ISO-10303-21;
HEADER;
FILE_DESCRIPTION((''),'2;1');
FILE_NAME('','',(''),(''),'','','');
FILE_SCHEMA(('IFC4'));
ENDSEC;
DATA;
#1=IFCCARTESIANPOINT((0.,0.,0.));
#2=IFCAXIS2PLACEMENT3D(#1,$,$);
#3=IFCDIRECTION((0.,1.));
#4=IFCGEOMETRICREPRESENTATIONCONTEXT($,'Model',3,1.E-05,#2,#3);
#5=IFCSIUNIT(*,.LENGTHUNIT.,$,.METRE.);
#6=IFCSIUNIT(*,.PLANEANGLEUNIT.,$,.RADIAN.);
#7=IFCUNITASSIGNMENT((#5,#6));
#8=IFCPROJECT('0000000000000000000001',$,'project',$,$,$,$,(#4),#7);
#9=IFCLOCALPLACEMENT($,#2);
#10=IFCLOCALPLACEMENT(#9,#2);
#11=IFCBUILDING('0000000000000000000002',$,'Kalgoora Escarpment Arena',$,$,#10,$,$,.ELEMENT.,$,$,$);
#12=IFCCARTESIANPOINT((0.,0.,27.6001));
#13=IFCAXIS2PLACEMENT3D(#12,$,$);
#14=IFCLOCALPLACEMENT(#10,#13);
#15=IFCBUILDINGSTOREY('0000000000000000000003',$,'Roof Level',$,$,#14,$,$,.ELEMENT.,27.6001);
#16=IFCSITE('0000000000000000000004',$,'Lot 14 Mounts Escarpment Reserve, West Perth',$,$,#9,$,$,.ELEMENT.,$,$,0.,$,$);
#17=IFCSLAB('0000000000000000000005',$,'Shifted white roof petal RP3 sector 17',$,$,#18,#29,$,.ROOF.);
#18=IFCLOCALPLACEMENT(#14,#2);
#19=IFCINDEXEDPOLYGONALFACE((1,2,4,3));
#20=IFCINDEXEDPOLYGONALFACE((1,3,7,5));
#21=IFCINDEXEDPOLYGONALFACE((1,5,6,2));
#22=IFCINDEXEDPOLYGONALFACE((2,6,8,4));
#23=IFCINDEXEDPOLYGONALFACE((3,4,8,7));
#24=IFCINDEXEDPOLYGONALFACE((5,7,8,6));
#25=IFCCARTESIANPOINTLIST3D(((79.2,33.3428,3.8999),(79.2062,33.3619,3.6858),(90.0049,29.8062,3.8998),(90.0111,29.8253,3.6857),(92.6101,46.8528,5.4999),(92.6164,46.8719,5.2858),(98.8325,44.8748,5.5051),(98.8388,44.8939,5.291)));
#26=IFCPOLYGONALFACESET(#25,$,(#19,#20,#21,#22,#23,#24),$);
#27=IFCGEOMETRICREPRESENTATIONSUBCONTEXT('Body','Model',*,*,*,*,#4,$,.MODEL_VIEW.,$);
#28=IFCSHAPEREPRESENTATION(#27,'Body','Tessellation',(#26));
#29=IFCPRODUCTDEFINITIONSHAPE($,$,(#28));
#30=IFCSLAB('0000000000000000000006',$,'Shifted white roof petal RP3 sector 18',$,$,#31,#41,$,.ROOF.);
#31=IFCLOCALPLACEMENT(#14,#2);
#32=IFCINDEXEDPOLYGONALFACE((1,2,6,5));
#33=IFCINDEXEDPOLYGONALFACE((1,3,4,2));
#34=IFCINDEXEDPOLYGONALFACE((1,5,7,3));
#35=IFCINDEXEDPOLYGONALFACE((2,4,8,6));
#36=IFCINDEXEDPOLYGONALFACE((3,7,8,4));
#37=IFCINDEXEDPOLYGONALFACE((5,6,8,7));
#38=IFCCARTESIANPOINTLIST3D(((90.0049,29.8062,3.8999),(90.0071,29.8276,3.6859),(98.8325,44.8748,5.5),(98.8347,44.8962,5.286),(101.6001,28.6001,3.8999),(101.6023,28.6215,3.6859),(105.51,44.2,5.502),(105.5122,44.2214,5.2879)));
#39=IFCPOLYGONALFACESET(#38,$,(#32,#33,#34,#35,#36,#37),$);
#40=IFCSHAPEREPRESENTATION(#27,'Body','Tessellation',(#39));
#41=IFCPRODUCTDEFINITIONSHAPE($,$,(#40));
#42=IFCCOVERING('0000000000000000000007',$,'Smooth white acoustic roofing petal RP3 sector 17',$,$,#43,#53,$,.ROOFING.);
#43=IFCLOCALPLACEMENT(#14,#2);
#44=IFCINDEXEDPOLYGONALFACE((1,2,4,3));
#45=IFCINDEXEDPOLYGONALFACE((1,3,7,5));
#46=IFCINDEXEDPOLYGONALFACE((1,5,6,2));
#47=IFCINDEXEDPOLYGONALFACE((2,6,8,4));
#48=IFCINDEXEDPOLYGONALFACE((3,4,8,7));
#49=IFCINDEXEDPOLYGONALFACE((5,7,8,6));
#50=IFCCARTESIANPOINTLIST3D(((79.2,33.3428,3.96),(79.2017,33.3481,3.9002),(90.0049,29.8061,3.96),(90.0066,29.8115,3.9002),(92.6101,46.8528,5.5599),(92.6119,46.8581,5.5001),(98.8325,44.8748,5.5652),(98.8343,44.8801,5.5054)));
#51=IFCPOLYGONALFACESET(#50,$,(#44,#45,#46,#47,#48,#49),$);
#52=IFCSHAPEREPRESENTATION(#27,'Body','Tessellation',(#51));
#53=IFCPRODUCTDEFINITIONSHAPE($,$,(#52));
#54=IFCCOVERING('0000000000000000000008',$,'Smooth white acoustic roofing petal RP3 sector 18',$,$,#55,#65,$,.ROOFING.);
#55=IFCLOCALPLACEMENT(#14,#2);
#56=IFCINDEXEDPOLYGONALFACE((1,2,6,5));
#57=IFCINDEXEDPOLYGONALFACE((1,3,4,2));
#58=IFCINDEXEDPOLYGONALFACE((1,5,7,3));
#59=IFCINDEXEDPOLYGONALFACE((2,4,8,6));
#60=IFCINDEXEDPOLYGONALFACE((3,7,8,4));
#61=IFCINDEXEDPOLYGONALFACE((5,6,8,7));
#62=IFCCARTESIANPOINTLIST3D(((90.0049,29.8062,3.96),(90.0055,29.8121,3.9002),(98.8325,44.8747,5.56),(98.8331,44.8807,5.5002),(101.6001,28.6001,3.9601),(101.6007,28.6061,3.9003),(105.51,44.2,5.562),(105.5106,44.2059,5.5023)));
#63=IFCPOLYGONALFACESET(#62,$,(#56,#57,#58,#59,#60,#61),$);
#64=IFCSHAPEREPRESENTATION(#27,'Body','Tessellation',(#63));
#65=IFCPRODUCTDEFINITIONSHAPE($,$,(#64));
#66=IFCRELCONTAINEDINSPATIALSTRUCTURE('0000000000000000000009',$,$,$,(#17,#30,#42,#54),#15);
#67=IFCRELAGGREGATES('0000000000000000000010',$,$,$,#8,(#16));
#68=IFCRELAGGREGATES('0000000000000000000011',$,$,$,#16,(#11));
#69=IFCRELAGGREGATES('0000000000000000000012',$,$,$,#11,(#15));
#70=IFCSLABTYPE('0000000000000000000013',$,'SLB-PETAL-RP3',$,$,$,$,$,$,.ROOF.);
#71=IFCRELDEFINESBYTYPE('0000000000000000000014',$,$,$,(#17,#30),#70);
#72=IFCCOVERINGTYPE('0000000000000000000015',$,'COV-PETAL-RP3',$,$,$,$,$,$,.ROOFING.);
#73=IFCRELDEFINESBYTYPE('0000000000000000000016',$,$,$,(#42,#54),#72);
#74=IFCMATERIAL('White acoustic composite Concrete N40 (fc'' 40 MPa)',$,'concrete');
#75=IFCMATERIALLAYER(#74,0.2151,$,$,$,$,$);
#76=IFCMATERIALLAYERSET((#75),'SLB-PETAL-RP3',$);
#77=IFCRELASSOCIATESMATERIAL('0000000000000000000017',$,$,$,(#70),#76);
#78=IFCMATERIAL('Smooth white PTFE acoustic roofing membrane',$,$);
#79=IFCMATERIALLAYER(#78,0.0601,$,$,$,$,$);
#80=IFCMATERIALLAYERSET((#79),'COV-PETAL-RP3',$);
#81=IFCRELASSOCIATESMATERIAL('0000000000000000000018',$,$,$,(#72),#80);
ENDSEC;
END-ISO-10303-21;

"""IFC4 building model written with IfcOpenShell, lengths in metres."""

from ifc_helpers import new_model, si_unit, direction, frame, origin, place, context, subcontext, project, spatial, polyline, outline, extrude, material, layer, layer_set, type_object, element, save


model = new_model("IFC4")

# Units and contexts
model_context = context("Model", 3, precision=1e-05, world=origin(), true_north=direction((0.0, 1.0)))
body_context = subcontext(model_context, "Body", "Model", "MODEL_VIEW")
ifc_project = project(units=[si_unit("LENGTHUNIT", "METRE"), si_unit("PLANEANGLEUNIT", "RADIAN")], contexts=[model_context])

# Site, building, storey
site_placement = place(None, origin())
site = spatial("IfcSite", under=ifc_project, at=site_placement, Name="Lot 14 Mounts Escarpment Reserve, West Perth", CompositionType="ELEMENT", RefElevation=0.0)
building_placement = place(site_placement, origin())
building = spatial("IfcBuilding", under=site, at=building_placement, Name="Kalgoora Escarpment Arena", CompositionType="ELEMENT")
storey_placement = place(building_placement, frame((0.0, 0.0, 27.6001)))
storey = spatial("IfcBuildingStorey", under=building, at=storey_placement, Name="Roof Level", CompositionType="ELEMENT", Elevation=27.6001)

# Slabs
ifc_material_1 = material(Name="White acoustic composite Concrete N40 (fc' 40 MPa)", Category="concrete")
ifc_layer_1 = layer(ifc_material_1, 0.2151)
ifc_layer_set_1 = layer_set([ifc_layer_1], Name="SLB-PETAL-RP3")
slab_type = type_object("IfcSlabType", Name="SLB-PETAL-RP3", PredefinedType="ROOF", material=ifc_layer_set_1)
slab_1_placement = place(storey_placement, frame((79.2, 33.3428, 3.8999), z_axis=(-0.029125, -0.089002, 0.995606), x_axis=(0.950385, -0.311075, -0.000006)))
element("IfcSlab", 1, at=slab_1_placement, inside=storey, type_object=slab_type, Name="Shifted white roof petal RP3 sector 17", PredefinedType="ROOF", context=body_context, shape_type="SweptSolid", body=[
    extrude(outline(polyline([(0.0, 0.0), (11.369, 0.0), (15.0712, 17.1424), (8.5422, 17.0864), (0.0, 0.0)])), origin(), (0.0, 0.0, -1.0), 0.2151),
])
slab_2_placement = place(storey_placement, frame((90.0049, 29.8062, 3.8999), z_axis=(-0.010357, -0.099586, 0.994975), x_axis=(0.994634, -0.103455, -0.000001)))
element("IfcSlab", 2, at=slab_2_placement, inside=storey, type_object=slab_type, Name="Shifted white roof petal RP3 sector 18", PredefinedType="ROOF", context=body_context, shape_type="SweptSolid", body=[
    extrude(outline(polyline([(0.0, 0.0), (11.6578, 0.0), (13.9328, 16.001), (7.2213, 15.9813), (0.0, 0.0)])), origin(), (0.0, 0.0, -1.0), 0.2151),
])

# Coverings
ifc_material_2 = material(Name="Smooth white PTFE acoustic roofing membrane")
ifc_layer_2 = layer(ifc_material_2, 0.0601)
ifc_layer_set_2 = layer_set([ifc_layer_2], Name="COV-PETAL-RP3")
covering_type = type_object("IfcCoveringType", Name="COV-PETAL-RP3", PredefinedType="ROOFING", material=ifc_layer_set_2)
covering_1_placement = place(storey_placement, frame((79.2, 33.3428, 3.96), z_axis=(-0.029134, -0.088987, 0.995607), x_axis=(0.950385, -0.311076, 0.000007)))
element("IfcCovering", 3, at=covering_1_placement, inside=storey, type_object=covering_type, Name="Smooth white acoustic roofing petal RP3 sector 17", PredefinedType="ROOFING", context=body_context, shape_type="SweptSolid", body=[
    extrude(outline(polyline([(0.0, 0.0), (11.369, 0.0), (15.0712, 17.1424), (8.5422, 17.0864), (0.0, 0.0)])), origin(), (0.0, 0.0, -1.0), 0.0601),
])
covering_2_placement = place(storey_placement, frame((90.0049, 29.8062, 3.96), z_axis=(-0.010369, -0.099573, 0.994976), x_axis=(0.994634, -0.103456, 0.000012)))
element("IfcCovering", 4, at=covering_2_placement, inside=storey, type_object=covering_type, Name="Smooth white acoustic roofing petal RP3 sector 18", PredefinedType="ROOFING", context=body_context, shape_type="SweptSolid", body=[
    extrude(outline(polyline([(0.0, 0.0), (11.6578, 0.0), (13.9328, 16.001), (7.2213, 15.9813), (0.0, 0.0)])), origin(), (0.0, 0.0, -1.0), 0.0601),
])

save(model, "model.ifc")
